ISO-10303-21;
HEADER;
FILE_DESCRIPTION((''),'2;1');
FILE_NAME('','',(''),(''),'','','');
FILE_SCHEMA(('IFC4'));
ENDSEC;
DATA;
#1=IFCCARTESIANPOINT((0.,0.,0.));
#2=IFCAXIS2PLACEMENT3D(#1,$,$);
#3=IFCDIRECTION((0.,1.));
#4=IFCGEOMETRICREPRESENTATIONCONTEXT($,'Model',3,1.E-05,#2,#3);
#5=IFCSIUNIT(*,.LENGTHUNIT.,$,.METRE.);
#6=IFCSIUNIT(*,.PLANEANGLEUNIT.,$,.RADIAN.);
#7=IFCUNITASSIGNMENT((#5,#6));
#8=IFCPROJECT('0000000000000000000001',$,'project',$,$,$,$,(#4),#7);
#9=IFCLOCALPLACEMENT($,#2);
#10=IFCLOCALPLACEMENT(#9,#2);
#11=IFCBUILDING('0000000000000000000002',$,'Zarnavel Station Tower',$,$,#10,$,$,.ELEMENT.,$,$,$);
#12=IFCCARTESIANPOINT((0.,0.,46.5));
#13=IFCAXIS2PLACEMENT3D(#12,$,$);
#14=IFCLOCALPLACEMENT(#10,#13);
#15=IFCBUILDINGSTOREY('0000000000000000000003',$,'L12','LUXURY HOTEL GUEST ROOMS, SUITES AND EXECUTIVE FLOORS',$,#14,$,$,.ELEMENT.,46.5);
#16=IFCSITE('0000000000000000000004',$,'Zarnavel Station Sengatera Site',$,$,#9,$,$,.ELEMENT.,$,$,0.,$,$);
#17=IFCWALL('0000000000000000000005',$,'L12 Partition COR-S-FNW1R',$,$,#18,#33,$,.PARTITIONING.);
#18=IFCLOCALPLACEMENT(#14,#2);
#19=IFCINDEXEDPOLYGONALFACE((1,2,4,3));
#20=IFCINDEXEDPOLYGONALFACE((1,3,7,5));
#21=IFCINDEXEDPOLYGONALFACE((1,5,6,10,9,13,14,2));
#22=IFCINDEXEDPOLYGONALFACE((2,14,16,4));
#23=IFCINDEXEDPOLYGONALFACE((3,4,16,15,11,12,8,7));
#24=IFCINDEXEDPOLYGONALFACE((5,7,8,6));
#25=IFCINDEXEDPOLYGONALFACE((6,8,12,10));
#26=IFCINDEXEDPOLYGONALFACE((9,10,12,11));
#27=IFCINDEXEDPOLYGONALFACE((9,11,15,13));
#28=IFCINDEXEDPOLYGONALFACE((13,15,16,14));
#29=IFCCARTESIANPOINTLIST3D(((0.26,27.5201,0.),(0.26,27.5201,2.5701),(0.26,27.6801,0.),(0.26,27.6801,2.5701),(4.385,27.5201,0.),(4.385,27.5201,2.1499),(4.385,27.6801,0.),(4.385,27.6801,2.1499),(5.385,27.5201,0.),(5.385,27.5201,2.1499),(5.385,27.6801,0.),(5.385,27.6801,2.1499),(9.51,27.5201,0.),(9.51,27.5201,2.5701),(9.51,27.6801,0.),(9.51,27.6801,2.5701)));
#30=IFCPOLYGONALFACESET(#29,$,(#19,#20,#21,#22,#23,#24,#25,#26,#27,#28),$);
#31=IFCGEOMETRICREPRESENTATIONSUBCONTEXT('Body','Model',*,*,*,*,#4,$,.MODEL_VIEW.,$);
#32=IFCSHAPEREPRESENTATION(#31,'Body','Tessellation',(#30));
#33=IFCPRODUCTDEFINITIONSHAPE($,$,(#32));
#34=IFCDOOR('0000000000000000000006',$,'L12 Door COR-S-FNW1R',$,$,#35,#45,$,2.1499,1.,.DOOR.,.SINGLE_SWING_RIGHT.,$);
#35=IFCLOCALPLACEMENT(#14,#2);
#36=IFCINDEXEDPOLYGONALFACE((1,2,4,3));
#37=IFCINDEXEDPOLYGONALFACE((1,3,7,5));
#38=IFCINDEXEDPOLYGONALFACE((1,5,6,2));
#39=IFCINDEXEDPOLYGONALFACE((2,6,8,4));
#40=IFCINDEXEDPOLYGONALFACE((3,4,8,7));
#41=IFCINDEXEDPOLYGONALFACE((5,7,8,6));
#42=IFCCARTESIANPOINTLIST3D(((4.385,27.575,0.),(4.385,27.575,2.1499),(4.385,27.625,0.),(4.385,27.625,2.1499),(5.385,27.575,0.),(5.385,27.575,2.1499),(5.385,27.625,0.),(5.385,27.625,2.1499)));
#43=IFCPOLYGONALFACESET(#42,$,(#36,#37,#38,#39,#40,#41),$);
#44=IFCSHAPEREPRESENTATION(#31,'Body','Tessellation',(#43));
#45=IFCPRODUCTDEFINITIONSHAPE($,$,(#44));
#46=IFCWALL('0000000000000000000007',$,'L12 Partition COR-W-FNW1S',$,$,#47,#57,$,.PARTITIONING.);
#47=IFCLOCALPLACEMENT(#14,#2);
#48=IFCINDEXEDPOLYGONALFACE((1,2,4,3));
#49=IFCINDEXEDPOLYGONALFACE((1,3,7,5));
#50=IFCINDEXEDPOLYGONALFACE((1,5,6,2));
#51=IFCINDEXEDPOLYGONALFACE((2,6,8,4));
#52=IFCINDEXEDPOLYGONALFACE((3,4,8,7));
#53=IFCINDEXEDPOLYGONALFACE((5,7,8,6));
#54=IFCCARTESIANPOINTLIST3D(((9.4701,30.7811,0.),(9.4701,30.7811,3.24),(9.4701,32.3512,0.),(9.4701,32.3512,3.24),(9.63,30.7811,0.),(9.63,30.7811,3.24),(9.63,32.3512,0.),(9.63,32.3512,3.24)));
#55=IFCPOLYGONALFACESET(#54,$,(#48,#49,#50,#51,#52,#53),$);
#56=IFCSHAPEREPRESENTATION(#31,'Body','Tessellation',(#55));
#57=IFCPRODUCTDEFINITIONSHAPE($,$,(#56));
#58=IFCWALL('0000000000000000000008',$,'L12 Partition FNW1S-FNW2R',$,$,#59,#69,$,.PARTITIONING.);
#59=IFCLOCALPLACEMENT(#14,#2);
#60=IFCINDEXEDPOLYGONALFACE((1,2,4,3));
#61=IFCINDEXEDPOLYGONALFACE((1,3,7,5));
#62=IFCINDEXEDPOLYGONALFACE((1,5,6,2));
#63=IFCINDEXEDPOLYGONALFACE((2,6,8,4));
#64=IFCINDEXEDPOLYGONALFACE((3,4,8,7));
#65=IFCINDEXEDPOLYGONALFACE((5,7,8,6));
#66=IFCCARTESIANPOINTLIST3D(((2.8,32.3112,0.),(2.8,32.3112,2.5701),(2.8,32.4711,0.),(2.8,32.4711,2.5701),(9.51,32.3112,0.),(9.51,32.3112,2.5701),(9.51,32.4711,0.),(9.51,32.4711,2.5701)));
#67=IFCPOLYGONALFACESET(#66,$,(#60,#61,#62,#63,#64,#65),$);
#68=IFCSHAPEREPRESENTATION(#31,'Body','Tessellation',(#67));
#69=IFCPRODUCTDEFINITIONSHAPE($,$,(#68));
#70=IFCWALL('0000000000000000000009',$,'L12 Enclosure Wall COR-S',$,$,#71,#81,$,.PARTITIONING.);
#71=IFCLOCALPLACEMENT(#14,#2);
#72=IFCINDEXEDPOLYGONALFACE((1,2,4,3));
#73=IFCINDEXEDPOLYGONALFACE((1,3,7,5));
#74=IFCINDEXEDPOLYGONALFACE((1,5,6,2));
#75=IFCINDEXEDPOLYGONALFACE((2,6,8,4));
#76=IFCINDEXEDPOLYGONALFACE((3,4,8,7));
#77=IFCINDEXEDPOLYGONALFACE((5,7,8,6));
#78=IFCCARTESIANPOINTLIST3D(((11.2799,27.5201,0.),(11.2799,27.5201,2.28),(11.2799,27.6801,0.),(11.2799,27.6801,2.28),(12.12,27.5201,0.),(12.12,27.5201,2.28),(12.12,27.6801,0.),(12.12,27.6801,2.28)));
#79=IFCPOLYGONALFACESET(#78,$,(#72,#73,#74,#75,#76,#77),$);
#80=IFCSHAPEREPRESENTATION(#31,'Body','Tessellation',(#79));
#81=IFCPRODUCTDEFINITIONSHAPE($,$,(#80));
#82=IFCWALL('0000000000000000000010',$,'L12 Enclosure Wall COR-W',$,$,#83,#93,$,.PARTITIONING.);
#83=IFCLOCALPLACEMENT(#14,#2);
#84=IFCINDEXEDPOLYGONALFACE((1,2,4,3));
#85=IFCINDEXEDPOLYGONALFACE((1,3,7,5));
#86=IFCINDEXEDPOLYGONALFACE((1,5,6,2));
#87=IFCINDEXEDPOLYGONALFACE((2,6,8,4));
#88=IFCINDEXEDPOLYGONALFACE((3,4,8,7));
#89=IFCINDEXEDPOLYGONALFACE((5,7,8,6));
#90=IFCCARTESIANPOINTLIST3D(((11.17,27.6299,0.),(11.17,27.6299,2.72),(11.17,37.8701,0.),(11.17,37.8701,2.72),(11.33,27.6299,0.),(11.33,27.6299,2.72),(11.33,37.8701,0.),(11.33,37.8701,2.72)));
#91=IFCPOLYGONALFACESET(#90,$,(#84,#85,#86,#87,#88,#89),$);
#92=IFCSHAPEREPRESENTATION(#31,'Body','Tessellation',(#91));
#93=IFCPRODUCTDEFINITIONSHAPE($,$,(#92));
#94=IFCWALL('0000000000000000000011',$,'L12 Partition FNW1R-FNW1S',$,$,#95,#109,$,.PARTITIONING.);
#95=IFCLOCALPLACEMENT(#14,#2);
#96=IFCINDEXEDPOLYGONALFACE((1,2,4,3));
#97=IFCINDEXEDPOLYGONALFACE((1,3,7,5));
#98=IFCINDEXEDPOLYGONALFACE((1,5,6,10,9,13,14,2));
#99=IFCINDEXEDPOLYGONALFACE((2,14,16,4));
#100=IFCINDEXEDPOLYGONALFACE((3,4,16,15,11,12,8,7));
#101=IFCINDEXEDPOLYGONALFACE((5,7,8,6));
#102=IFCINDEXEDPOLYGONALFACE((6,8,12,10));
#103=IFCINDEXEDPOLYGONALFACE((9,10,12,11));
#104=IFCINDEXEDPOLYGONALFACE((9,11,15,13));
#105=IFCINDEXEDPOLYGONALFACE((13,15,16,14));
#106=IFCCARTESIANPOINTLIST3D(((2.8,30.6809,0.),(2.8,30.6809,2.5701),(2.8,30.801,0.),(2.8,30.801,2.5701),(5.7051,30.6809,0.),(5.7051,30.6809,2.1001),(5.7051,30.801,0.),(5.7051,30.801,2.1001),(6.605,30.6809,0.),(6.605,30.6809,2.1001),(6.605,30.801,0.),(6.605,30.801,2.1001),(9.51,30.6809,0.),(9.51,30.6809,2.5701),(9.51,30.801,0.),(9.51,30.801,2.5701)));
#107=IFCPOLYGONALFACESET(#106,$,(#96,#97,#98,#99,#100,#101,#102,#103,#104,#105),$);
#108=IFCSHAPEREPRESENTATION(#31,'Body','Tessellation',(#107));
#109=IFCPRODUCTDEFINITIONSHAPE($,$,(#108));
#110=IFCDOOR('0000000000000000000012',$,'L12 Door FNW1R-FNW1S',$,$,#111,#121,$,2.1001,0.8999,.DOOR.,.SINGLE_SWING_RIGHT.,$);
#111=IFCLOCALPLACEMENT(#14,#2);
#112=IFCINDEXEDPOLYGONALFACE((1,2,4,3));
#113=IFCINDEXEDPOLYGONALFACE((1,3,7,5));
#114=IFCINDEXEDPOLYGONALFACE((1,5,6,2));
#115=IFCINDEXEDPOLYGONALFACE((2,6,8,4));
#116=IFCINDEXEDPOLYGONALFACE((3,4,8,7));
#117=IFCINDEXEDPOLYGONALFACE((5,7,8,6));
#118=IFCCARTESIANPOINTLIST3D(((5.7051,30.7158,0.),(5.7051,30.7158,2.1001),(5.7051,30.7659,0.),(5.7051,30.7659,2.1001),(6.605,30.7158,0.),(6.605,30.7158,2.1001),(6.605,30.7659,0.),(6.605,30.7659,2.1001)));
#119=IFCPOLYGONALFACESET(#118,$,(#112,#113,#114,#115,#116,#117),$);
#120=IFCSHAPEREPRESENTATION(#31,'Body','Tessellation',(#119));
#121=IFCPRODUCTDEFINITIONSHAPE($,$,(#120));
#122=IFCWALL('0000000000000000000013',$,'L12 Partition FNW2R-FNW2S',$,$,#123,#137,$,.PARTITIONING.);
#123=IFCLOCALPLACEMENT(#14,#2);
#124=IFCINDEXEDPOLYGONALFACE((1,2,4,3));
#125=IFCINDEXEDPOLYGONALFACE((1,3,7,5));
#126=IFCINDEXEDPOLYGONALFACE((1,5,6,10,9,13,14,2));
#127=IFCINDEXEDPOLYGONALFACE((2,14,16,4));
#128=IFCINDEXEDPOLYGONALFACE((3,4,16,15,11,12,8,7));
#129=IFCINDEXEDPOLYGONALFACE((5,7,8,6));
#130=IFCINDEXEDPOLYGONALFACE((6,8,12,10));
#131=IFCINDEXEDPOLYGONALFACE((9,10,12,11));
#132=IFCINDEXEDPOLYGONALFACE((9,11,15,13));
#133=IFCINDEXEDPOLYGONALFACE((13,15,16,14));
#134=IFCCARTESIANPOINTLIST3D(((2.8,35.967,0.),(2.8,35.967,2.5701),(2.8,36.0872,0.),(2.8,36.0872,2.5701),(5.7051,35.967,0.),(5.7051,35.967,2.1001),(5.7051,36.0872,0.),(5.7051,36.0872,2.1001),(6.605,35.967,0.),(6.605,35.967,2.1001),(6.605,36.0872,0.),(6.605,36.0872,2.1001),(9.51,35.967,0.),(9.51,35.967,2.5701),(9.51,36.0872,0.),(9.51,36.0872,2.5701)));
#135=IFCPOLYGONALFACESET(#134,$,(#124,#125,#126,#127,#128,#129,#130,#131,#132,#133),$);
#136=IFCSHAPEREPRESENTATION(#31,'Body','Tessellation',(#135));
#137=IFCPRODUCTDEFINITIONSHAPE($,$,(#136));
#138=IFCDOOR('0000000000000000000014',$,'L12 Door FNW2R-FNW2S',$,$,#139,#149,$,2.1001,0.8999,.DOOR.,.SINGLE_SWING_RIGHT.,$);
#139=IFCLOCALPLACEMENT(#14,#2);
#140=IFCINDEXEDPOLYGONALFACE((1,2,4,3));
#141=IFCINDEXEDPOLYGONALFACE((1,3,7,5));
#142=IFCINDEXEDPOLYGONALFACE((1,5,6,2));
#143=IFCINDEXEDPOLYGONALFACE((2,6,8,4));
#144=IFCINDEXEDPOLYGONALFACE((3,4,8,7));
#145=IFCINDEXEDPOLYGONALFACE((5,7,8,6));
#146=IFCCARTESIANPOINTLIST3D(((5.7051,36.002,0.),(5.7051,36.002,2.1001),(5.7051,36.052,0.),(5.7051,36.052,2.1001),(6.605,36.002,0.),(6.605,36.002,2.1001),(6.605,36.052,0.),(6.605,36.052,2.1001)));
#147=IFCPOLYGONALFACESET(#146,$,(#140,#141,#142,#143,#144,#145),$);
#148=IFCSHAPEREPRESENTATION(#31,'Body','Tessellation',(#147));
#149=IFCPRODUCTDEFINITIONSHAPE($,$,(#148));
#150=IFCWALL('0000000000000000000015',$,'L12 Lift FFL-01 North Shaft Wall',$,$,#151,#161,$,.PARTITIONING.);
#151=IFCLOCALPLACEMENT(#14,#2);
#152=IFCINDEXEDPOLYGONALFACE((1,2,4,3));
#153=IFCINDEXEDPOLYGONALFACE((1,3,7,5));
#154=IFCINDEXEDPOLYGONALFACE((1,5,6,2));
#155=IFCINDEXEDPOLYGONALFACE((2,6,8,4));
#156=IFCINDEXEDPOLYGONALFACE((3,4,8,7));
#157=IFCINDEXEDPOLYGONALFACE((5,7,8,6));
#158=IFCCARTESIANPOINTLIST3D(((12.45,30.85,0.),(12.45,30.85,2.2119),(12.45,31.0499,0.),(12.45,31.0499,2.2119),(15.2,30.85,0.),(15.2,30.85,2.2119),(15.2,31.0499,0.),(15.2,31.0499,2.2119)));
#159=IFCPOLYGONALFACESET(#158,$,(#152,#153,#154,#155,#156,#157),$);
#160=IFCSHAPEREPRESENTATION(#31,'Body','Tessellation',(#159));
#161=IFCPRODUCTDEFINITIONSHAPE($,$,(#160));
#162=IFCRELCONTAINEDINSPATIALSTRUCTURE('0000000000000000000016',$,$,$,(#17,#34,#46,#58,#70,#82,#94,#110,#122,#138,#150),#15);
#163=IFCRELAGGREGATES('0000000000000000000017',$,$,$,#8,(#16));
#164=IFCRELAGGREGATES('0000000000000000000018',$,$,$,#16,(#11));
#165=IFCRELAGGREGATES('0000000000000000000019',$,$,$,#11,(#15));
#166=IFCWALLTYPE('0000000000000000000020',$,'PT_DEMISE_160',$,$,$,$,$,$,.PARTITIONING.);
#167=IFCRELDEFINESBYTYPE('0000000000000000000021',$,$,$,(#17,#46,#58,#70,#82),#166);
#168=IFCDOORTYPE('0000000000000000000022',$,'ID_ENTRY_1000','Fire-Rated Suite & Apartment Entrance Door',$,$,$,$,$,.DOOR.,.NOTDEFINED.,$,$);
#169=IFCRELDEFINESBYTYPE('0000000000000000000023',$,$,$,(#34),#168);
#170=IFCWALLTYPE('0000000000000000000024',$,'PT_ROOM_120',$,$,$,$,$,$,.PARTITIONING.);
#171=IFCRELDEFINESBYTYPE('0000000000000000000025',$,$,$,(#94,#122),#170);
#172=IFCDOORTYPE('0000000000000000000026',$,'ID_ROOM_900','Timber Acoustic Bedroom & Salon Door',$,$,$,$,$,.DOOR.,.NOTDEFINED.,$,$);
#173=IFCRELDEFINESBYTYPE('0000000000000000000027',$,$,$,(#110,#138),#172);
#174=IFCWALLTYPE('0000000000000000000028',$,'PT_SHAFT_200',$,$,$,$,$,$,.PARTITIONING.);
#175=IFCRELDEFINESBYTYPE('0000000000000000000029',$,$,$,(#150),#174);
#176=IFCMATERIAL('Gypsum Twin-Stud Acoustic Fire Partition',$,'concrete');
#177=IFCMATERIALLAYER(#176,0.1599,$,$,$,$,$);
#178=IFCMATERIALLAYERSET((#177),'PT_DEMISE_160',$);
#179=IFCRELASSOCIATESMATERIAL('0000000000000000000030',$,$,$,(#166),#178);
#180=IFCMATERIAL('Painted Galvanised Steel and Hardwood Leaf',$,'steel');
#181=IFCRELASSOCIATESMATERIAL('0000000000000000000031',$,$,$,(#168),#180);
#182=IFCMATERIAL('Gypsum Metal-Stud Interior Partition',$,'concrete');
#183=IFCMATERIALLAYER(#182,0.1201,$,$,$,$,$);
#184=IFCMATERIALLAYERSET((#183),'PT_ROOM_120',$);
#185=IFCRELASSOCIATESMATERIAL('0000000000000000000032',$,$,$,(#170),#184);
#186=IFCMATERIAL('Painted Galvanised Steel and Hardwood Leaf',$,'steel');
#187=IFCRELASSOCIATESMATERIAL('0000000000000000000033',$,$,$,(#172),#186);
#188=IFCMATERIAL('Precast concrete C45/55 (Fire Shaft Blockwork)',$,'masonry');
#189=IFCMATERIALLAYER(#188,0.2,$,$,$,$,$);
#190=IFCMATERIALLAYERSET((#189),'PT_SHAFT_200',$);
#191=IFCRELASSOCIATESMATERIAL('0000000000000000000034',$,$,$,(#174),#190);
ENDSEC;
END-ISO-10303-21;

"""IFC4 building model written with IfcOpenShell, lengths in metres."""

from ifc_helpers import new_model, si_unit, direction, frame, frame_2d, origin, place, context, subcontext, project, spatial, rectangle, extrude, material, layer, layer_set, type_object, element, fill, save


model = new_model("IFC4")

# Units and contexts
model_context = context("Model", 3, precision=1e-05, world=origin(), true_north=direction((0.0, 1.0)))
body_context = subcontext(model_context, "Body", "Model", "MODEL_VIEW")
ifc_project = project(units=[si_unit("LENGTHUNIT", "METRE"), si_unit("PLANEANGLEUNIT", "RADIAN")], contexts=[model_context])

# Site, building, storey
site_placement = place(None, origin())
site = spatial("IfcSite", under=ifc_project, at=site_placement, Name="Zarnavel Station Sengatera Site", CompositionType="ELEMENT", RefElevation=0.0)
building_placement = place(site_placement, origin())
building = spatial("IfcBuilding", under=site, at=building_placement, Name="Zarnavel Station Tower", CompositionType="ELEMENT")
storey_placement = place(building_placement, frame((0.0, 0.0, 46.5)))
storey = spatial("IfcBuildingStorey", under=building, at=storey_placement, Name="L12", Description="LUXURY HOTEL GUEST ROOMS, SUITES AND EXECUTIVE FLOORS", CompositionType="ELEMENT", Elevation=46.5)

# Wall, opening, door
ifc_material_1 = material(Name="Gypsum Twin-Stud Acoustic Fire Partition", Category="concrete")
ifc_layer_1 = layer(ifc_material_1, 0.1599)
ifc_layer_set_1 = layer_set([ifc_layer_1], Name="PT_DEMISE_160")
wall_type_1 = type_object("IfcWallType", Name="PT_DEMISE_160", PredefinedType="PARTITIONING", material=ifc_layer_set_1)
wall_1_placement = place(storey_placement, frame((0.26, 27.6001, 0.0), z_axis=(0.0, 0.0, 1.0), x_axis=(1.0, 0.0, 0.0)))
wall_1 = element("IfcWall", 1, at=wall_1_placement, inside=storey, type_object=wall_type_1, Name="L12 Partition COR-S-FNW1R", PredefinedType="PARTITIONING", context=body_context, shape_type="SweptSolid", body=[
    extrude(rectangle(XDim=9.25, YDim=0.1599, at=frame_2d((4.625, 0.0))), origin(), (0.0, 0.0, 1.0), 2.5701),
])
opening_1_placement = place(wall_1_placement, frame((4.125, 0.0, 0.0)))
opening_1 = element("IfcOpeningElement", 2, at=opening_1_placement, cuts=wall_1, PredefinedType="OPENING", context=body_context, shape_type="SweptSolid", body=[
    extrude(rectangle(XDim=1.0, YDim=2.1499, at=frame_2d((0.5, 1.075))), frame((0.0, 0.0898, 0.0), z_axis=(0.0, -1.0, 0.0), x_axis=(1.0, 0.0, 0.0)), (0.0, 0.0, 1.0), 0.1799),
])
ifc_material_2 = material(Name="Painted Galvanised Steel and Hardwood Leaf", Category="steel")
door_type_1 = type_object("IfcDoorType", Name="ID_ENTRY_1000", Description="Fire-Rated Suite & Apartment Entrance Door", OperationType="NOTDEFINED", PredefinedType="DOOR", material=ifc_material_2)
door_1_placement = place(opening_1_placement, origin())
door_1 = element("IfcDoor", 3, at=door_1_placement, inside=storey, type_object=door_type_1, Name="L12 Door COR-S-FNW1R", OperationType="SINGLE_SWING_RIGHT", OverallHeight=2.1499, OverallWidth=1.0, PredefinedType="DOOR", context=body_context, shape_type="SweptSolid", body=[
    extrude(rectangle(XDim=1.0, YDim=2.1499, at=frame_2d((0.5, 1.075))), frame((0.0, 0.0249, 0.0), z_axis=(0.0, -1.0, 0.0), x_axis=(1.0, 0.0, 0.0)), (0.0, 0.0, 1.0), 0.05),
])
fill(opening_1, door_1)

# Wall
wall_2_placement = place(storey_placement, frame((9.55, 30.781, 0.0), z_axis=(0.0, 0.0, 1.0), x_axis=(0.0, 1.0, 0.0)))
element("IfcWall", 4, at=wall_2_placement, inside=storey, type_object=wall_type_1, Name="L12 Partition COR-W-FNW1S", PredefinedType="PARTITIONING", context=body_context, shape_type="SweptSolid", body=[
    extrude(rectangle(XDim=1.5701, YDim=0.1599, at=frame_2d((0.7852, 0.0))), origin(), (0.0, 0.0, 1.0), 3.24),
])

# Walls
wall_3_placement = place(storey_placement, frame((2.8, 32.3911, 0.0), z_axis=(0.0, 0.0, 1.0), x_axis=(1.0, 0.0, 0.0)))
element("IfcWall", 5, at=wall_3_placement, inside=storey, type_object=wall_type_1, Name="L12 Partition FNW1S-FNW2R", PredefinedType="PARTITIONING", context=body_context, shape_type="SweptSolid", body=[
    extrude(rectangle(XDim=6.71, YDim=0.1599, at=frame_2d((3.355, 0.0))), origin(), (0.0, 0.0, 1.0), 2.5701),
])
wall_4_placement = place(storey_placement, frame((11.28, 27.6001, 0.0), z_axis=(0.0, 0.0, 1.0), x_axis=(1.0, 0.0, 0.0)))
element("IfcWall", 6, at=wall_4_placement, inside=storey, type_object=wall_type_1, Name="L12 Enclosure Wall COR-S", PredefinedType="PARTITIONING", context=body_context, shape_type="SweptSolid", body=[
    extrude(rectangle(XDim=0.8401, YDim=0.1599, at=frame_2d((0.4199, 0.0))), origin(), (0.0, 0.0, 1.0), 2.28),
])
wall_5_placement = place(storey_placement, frame((11.25, 27.6299, 0.0), z_axis=(0.0, 0.0, 1.0), x_axis=(0.0, 1.0, 0.0)))
element("IfcWall", 7, at=wall_5_placement, inside=storey, type_object=wall_type_1, Name="L12 Enclosure Wall COR-W", PredefinedType="PARTITIONING", context=body_context, shape_type="SweptSolid", body=[
    extrude(rectangle(XDim=10.2402, YDim=0.1599, at=frame_2d((5.1201, 0.0))), origin(), (0.0, 0.0, 1.0), 2.72),
])

# Walls, openings, doors
ifc_material_3 = material(Name="Gypsum Metal-Stud Interior Partition", Category="concrete")
ifc_layer_2 = layer(ifc_material_3, 0.1201)
ifc_layer_set_2 = layer_set([ifc_layer_2], Name="PT_ROOM_120")
wall_type_2 = type_object("IfcWallType", Name="PT_ROOM_120", PredefinedType="PARTITIONING", material=ifc_layer_set_2)
wall_6_placement = place(storey_placement, frame((2.8, 30.741, 0.0), z_axis=(0.0, 0.0, 1.0), x_axis=(1.0, 0.0, 0.0)))
wall_6 = element("IfcWall", 8, at=wall_6_placement, inside=storey, type_object=wall_type_2, Name="L12 Partition FNW1R-FNW1S", PredefinedType="PARTITIONING", context=body_context, shape_type="SweptSolid", body=[
    extrude(rectangle(XDim=6.71, YDim=0.1201, at=frame_2d((3.355, 0.0))), origin(), (0.0, 0.0, 1.0), 2.5701),
])
opening_2_placement = place(wall_6_placement, frame((2.905, 0.0, 0.0)))
opening_2 = element("IfcOpeningElement", 9, at=opening_2_placement, cuts=wall_6, PredefinedType="OPENING", context=body_context, shape_type="SweptSolid", body=[
    extrude(rectangle(XDim=0.8999, YDim=2.1001, at=frame_2d((0.45, 1.05))), frame((0.0, 0.0701, 0.0), z_axis=(0.0, -1.0, 0.0), x_axis=(1.0, 0.0, 0.0)), (0.0, 0.0, 1.0), 0.1401),
])
ifc_material_4 = material(Name="Painted Galvanised Steel and Hardwood Leaf", Category="steel")
door_type_2 = type_object("IfcDoorType", Name="ID_ROOM_900", Description="Timber Acoustic Bedroom & Salon Door", OperationType="NOTDEFINED", PredefinedType="DOOR", material=ifc_material_4)
door_2_placement = place(opening_2_placement, origin())
door_2 = element("IfcDoor", 10, at=door_2_placement, inside=storey, type_object=door_type_2, Name="L12 Door FNW1R-FNW1S", OperationType="SINGLE_SWING_RIGHT", OverallHeight=2.1001, OverallWidth=0.8999, PredefinedType="DOOR", context=body_context, shape_type="SweptSolid", body=[
    extrude(rectangle(XDim=0.8999, YDim=2.1001, at=frame_2d((0.45, 1.05))), frame((0.0, 0.0249, 0.0), z_axis=(0.0, -1.0, 0.0), x_axis=(1.0, 0.0, 0.0)), (0.0, 0.0, 1.0), 0.05),
])
fill(opening_2, door_2)
wall_7_placement = place(storey_placement, frame((2.8, 36.0271, 0.0), z_axis=(0.0, 0.0, 1.0), x_axis=(1.0, 0.0, 0.0)))
wall_7 = element("IfcWall", 11, at=wall_7_placement, inside=storey, type_object=wall_type_2, Name="L12 Partition FNW2R-FNW2S", PredefinedType="PARTITIONING", context=body_context, shape_type="SweptSolid", body=[
    extrude(rectangle(XDim=6.71, YDim=0.1201, at=frame_2d((3.355, 0.0))), origin(), (0.0, 0.0, 1.0), 2.5701),
])
opening_3_placement = place(wall_7_placement, frame((2.905, 0.0, 0.0)))
opening_3 = element("IfcOpeningElement", 12, at=opening_3_placement, cuts=wall_7, PredefinedType="OPENING", context=body_context, shape_type="SweptSolid", body=[
    extrude(rectangle(XDim=0.8999, YDim=2.1001, at=frame_2d((0.45, 1.05))), frame((0.0, 0.0701, 0.0), z_axis=(0.0, -1.0, 0.0), x_axis=(1.0, 0.0, 0.0)), (0.0, 0.0, 1.0), 0.1401),
])
door_3_placement = place(opening_3_placement, origin())
door_3 = element("IfcDoor", 13, at=door_3_placement, inside=storey, type_object=door_type_2, Name="L12 Door FNW2R-FNW2S", OperationType="SINGLE_SWING_RIGHT", OverallHeight=2.1001, OverallWidth=0.8999, PredefinedType="DOOR", context=body_context, shape_type="SweptSolid", body=[
    extrude(rectangle(XDim=0.8999, YDim=2.1001, at=frame_2d((0.45, 1.05))), frame((0.0, 0.0249, 0.0), z_axis=(0.0, -1.0, 0.0), x_axis=(1.0, 0.0, 0.0)), (0.0, 0.0, 1.0), 0.05),
])
fill(opening_3, door_3)

# Wall
ifc_material_5 = material(Name="Precast concrete C45/55 (Fire Shaft Blockwork)", Category="masonry")
ifc_layer_3 = layer(ifc_material_5, 0.2)
ifc_layer_set_3 = layer_set([ifc_layer_3], Name="PT_SHAFT_200")
wall_type_3 = type_object("IfcWallType", Name="PT_SHAFT_200", PredefinedType="PARTITIONING", material=ifc_layer_set_3)
wall_8_placement = place(storey_placement, frame((12.45, 30.95, 0.0), z_axis=(0.0, 0.0, 1.0), x_axis=(1.0, 0.0, 0.0)))
element("IfcWall", 14, at=wall_8_placement, inside=storey, type_object=wall_type_3, Name="L12 Lift FFL-01 North Shaft Wall", PredefinedType="PARTITIONING", context=body_context, shape_type="SweptSolid", body=[
    extrude(rectangle(XDim=2.75, YDim=0.2, at=frame_2d((1.375, 0.0))), origin(), (0.0, 0.0, 1.0), 2.2119),
])

save(model, "model.ifc")
